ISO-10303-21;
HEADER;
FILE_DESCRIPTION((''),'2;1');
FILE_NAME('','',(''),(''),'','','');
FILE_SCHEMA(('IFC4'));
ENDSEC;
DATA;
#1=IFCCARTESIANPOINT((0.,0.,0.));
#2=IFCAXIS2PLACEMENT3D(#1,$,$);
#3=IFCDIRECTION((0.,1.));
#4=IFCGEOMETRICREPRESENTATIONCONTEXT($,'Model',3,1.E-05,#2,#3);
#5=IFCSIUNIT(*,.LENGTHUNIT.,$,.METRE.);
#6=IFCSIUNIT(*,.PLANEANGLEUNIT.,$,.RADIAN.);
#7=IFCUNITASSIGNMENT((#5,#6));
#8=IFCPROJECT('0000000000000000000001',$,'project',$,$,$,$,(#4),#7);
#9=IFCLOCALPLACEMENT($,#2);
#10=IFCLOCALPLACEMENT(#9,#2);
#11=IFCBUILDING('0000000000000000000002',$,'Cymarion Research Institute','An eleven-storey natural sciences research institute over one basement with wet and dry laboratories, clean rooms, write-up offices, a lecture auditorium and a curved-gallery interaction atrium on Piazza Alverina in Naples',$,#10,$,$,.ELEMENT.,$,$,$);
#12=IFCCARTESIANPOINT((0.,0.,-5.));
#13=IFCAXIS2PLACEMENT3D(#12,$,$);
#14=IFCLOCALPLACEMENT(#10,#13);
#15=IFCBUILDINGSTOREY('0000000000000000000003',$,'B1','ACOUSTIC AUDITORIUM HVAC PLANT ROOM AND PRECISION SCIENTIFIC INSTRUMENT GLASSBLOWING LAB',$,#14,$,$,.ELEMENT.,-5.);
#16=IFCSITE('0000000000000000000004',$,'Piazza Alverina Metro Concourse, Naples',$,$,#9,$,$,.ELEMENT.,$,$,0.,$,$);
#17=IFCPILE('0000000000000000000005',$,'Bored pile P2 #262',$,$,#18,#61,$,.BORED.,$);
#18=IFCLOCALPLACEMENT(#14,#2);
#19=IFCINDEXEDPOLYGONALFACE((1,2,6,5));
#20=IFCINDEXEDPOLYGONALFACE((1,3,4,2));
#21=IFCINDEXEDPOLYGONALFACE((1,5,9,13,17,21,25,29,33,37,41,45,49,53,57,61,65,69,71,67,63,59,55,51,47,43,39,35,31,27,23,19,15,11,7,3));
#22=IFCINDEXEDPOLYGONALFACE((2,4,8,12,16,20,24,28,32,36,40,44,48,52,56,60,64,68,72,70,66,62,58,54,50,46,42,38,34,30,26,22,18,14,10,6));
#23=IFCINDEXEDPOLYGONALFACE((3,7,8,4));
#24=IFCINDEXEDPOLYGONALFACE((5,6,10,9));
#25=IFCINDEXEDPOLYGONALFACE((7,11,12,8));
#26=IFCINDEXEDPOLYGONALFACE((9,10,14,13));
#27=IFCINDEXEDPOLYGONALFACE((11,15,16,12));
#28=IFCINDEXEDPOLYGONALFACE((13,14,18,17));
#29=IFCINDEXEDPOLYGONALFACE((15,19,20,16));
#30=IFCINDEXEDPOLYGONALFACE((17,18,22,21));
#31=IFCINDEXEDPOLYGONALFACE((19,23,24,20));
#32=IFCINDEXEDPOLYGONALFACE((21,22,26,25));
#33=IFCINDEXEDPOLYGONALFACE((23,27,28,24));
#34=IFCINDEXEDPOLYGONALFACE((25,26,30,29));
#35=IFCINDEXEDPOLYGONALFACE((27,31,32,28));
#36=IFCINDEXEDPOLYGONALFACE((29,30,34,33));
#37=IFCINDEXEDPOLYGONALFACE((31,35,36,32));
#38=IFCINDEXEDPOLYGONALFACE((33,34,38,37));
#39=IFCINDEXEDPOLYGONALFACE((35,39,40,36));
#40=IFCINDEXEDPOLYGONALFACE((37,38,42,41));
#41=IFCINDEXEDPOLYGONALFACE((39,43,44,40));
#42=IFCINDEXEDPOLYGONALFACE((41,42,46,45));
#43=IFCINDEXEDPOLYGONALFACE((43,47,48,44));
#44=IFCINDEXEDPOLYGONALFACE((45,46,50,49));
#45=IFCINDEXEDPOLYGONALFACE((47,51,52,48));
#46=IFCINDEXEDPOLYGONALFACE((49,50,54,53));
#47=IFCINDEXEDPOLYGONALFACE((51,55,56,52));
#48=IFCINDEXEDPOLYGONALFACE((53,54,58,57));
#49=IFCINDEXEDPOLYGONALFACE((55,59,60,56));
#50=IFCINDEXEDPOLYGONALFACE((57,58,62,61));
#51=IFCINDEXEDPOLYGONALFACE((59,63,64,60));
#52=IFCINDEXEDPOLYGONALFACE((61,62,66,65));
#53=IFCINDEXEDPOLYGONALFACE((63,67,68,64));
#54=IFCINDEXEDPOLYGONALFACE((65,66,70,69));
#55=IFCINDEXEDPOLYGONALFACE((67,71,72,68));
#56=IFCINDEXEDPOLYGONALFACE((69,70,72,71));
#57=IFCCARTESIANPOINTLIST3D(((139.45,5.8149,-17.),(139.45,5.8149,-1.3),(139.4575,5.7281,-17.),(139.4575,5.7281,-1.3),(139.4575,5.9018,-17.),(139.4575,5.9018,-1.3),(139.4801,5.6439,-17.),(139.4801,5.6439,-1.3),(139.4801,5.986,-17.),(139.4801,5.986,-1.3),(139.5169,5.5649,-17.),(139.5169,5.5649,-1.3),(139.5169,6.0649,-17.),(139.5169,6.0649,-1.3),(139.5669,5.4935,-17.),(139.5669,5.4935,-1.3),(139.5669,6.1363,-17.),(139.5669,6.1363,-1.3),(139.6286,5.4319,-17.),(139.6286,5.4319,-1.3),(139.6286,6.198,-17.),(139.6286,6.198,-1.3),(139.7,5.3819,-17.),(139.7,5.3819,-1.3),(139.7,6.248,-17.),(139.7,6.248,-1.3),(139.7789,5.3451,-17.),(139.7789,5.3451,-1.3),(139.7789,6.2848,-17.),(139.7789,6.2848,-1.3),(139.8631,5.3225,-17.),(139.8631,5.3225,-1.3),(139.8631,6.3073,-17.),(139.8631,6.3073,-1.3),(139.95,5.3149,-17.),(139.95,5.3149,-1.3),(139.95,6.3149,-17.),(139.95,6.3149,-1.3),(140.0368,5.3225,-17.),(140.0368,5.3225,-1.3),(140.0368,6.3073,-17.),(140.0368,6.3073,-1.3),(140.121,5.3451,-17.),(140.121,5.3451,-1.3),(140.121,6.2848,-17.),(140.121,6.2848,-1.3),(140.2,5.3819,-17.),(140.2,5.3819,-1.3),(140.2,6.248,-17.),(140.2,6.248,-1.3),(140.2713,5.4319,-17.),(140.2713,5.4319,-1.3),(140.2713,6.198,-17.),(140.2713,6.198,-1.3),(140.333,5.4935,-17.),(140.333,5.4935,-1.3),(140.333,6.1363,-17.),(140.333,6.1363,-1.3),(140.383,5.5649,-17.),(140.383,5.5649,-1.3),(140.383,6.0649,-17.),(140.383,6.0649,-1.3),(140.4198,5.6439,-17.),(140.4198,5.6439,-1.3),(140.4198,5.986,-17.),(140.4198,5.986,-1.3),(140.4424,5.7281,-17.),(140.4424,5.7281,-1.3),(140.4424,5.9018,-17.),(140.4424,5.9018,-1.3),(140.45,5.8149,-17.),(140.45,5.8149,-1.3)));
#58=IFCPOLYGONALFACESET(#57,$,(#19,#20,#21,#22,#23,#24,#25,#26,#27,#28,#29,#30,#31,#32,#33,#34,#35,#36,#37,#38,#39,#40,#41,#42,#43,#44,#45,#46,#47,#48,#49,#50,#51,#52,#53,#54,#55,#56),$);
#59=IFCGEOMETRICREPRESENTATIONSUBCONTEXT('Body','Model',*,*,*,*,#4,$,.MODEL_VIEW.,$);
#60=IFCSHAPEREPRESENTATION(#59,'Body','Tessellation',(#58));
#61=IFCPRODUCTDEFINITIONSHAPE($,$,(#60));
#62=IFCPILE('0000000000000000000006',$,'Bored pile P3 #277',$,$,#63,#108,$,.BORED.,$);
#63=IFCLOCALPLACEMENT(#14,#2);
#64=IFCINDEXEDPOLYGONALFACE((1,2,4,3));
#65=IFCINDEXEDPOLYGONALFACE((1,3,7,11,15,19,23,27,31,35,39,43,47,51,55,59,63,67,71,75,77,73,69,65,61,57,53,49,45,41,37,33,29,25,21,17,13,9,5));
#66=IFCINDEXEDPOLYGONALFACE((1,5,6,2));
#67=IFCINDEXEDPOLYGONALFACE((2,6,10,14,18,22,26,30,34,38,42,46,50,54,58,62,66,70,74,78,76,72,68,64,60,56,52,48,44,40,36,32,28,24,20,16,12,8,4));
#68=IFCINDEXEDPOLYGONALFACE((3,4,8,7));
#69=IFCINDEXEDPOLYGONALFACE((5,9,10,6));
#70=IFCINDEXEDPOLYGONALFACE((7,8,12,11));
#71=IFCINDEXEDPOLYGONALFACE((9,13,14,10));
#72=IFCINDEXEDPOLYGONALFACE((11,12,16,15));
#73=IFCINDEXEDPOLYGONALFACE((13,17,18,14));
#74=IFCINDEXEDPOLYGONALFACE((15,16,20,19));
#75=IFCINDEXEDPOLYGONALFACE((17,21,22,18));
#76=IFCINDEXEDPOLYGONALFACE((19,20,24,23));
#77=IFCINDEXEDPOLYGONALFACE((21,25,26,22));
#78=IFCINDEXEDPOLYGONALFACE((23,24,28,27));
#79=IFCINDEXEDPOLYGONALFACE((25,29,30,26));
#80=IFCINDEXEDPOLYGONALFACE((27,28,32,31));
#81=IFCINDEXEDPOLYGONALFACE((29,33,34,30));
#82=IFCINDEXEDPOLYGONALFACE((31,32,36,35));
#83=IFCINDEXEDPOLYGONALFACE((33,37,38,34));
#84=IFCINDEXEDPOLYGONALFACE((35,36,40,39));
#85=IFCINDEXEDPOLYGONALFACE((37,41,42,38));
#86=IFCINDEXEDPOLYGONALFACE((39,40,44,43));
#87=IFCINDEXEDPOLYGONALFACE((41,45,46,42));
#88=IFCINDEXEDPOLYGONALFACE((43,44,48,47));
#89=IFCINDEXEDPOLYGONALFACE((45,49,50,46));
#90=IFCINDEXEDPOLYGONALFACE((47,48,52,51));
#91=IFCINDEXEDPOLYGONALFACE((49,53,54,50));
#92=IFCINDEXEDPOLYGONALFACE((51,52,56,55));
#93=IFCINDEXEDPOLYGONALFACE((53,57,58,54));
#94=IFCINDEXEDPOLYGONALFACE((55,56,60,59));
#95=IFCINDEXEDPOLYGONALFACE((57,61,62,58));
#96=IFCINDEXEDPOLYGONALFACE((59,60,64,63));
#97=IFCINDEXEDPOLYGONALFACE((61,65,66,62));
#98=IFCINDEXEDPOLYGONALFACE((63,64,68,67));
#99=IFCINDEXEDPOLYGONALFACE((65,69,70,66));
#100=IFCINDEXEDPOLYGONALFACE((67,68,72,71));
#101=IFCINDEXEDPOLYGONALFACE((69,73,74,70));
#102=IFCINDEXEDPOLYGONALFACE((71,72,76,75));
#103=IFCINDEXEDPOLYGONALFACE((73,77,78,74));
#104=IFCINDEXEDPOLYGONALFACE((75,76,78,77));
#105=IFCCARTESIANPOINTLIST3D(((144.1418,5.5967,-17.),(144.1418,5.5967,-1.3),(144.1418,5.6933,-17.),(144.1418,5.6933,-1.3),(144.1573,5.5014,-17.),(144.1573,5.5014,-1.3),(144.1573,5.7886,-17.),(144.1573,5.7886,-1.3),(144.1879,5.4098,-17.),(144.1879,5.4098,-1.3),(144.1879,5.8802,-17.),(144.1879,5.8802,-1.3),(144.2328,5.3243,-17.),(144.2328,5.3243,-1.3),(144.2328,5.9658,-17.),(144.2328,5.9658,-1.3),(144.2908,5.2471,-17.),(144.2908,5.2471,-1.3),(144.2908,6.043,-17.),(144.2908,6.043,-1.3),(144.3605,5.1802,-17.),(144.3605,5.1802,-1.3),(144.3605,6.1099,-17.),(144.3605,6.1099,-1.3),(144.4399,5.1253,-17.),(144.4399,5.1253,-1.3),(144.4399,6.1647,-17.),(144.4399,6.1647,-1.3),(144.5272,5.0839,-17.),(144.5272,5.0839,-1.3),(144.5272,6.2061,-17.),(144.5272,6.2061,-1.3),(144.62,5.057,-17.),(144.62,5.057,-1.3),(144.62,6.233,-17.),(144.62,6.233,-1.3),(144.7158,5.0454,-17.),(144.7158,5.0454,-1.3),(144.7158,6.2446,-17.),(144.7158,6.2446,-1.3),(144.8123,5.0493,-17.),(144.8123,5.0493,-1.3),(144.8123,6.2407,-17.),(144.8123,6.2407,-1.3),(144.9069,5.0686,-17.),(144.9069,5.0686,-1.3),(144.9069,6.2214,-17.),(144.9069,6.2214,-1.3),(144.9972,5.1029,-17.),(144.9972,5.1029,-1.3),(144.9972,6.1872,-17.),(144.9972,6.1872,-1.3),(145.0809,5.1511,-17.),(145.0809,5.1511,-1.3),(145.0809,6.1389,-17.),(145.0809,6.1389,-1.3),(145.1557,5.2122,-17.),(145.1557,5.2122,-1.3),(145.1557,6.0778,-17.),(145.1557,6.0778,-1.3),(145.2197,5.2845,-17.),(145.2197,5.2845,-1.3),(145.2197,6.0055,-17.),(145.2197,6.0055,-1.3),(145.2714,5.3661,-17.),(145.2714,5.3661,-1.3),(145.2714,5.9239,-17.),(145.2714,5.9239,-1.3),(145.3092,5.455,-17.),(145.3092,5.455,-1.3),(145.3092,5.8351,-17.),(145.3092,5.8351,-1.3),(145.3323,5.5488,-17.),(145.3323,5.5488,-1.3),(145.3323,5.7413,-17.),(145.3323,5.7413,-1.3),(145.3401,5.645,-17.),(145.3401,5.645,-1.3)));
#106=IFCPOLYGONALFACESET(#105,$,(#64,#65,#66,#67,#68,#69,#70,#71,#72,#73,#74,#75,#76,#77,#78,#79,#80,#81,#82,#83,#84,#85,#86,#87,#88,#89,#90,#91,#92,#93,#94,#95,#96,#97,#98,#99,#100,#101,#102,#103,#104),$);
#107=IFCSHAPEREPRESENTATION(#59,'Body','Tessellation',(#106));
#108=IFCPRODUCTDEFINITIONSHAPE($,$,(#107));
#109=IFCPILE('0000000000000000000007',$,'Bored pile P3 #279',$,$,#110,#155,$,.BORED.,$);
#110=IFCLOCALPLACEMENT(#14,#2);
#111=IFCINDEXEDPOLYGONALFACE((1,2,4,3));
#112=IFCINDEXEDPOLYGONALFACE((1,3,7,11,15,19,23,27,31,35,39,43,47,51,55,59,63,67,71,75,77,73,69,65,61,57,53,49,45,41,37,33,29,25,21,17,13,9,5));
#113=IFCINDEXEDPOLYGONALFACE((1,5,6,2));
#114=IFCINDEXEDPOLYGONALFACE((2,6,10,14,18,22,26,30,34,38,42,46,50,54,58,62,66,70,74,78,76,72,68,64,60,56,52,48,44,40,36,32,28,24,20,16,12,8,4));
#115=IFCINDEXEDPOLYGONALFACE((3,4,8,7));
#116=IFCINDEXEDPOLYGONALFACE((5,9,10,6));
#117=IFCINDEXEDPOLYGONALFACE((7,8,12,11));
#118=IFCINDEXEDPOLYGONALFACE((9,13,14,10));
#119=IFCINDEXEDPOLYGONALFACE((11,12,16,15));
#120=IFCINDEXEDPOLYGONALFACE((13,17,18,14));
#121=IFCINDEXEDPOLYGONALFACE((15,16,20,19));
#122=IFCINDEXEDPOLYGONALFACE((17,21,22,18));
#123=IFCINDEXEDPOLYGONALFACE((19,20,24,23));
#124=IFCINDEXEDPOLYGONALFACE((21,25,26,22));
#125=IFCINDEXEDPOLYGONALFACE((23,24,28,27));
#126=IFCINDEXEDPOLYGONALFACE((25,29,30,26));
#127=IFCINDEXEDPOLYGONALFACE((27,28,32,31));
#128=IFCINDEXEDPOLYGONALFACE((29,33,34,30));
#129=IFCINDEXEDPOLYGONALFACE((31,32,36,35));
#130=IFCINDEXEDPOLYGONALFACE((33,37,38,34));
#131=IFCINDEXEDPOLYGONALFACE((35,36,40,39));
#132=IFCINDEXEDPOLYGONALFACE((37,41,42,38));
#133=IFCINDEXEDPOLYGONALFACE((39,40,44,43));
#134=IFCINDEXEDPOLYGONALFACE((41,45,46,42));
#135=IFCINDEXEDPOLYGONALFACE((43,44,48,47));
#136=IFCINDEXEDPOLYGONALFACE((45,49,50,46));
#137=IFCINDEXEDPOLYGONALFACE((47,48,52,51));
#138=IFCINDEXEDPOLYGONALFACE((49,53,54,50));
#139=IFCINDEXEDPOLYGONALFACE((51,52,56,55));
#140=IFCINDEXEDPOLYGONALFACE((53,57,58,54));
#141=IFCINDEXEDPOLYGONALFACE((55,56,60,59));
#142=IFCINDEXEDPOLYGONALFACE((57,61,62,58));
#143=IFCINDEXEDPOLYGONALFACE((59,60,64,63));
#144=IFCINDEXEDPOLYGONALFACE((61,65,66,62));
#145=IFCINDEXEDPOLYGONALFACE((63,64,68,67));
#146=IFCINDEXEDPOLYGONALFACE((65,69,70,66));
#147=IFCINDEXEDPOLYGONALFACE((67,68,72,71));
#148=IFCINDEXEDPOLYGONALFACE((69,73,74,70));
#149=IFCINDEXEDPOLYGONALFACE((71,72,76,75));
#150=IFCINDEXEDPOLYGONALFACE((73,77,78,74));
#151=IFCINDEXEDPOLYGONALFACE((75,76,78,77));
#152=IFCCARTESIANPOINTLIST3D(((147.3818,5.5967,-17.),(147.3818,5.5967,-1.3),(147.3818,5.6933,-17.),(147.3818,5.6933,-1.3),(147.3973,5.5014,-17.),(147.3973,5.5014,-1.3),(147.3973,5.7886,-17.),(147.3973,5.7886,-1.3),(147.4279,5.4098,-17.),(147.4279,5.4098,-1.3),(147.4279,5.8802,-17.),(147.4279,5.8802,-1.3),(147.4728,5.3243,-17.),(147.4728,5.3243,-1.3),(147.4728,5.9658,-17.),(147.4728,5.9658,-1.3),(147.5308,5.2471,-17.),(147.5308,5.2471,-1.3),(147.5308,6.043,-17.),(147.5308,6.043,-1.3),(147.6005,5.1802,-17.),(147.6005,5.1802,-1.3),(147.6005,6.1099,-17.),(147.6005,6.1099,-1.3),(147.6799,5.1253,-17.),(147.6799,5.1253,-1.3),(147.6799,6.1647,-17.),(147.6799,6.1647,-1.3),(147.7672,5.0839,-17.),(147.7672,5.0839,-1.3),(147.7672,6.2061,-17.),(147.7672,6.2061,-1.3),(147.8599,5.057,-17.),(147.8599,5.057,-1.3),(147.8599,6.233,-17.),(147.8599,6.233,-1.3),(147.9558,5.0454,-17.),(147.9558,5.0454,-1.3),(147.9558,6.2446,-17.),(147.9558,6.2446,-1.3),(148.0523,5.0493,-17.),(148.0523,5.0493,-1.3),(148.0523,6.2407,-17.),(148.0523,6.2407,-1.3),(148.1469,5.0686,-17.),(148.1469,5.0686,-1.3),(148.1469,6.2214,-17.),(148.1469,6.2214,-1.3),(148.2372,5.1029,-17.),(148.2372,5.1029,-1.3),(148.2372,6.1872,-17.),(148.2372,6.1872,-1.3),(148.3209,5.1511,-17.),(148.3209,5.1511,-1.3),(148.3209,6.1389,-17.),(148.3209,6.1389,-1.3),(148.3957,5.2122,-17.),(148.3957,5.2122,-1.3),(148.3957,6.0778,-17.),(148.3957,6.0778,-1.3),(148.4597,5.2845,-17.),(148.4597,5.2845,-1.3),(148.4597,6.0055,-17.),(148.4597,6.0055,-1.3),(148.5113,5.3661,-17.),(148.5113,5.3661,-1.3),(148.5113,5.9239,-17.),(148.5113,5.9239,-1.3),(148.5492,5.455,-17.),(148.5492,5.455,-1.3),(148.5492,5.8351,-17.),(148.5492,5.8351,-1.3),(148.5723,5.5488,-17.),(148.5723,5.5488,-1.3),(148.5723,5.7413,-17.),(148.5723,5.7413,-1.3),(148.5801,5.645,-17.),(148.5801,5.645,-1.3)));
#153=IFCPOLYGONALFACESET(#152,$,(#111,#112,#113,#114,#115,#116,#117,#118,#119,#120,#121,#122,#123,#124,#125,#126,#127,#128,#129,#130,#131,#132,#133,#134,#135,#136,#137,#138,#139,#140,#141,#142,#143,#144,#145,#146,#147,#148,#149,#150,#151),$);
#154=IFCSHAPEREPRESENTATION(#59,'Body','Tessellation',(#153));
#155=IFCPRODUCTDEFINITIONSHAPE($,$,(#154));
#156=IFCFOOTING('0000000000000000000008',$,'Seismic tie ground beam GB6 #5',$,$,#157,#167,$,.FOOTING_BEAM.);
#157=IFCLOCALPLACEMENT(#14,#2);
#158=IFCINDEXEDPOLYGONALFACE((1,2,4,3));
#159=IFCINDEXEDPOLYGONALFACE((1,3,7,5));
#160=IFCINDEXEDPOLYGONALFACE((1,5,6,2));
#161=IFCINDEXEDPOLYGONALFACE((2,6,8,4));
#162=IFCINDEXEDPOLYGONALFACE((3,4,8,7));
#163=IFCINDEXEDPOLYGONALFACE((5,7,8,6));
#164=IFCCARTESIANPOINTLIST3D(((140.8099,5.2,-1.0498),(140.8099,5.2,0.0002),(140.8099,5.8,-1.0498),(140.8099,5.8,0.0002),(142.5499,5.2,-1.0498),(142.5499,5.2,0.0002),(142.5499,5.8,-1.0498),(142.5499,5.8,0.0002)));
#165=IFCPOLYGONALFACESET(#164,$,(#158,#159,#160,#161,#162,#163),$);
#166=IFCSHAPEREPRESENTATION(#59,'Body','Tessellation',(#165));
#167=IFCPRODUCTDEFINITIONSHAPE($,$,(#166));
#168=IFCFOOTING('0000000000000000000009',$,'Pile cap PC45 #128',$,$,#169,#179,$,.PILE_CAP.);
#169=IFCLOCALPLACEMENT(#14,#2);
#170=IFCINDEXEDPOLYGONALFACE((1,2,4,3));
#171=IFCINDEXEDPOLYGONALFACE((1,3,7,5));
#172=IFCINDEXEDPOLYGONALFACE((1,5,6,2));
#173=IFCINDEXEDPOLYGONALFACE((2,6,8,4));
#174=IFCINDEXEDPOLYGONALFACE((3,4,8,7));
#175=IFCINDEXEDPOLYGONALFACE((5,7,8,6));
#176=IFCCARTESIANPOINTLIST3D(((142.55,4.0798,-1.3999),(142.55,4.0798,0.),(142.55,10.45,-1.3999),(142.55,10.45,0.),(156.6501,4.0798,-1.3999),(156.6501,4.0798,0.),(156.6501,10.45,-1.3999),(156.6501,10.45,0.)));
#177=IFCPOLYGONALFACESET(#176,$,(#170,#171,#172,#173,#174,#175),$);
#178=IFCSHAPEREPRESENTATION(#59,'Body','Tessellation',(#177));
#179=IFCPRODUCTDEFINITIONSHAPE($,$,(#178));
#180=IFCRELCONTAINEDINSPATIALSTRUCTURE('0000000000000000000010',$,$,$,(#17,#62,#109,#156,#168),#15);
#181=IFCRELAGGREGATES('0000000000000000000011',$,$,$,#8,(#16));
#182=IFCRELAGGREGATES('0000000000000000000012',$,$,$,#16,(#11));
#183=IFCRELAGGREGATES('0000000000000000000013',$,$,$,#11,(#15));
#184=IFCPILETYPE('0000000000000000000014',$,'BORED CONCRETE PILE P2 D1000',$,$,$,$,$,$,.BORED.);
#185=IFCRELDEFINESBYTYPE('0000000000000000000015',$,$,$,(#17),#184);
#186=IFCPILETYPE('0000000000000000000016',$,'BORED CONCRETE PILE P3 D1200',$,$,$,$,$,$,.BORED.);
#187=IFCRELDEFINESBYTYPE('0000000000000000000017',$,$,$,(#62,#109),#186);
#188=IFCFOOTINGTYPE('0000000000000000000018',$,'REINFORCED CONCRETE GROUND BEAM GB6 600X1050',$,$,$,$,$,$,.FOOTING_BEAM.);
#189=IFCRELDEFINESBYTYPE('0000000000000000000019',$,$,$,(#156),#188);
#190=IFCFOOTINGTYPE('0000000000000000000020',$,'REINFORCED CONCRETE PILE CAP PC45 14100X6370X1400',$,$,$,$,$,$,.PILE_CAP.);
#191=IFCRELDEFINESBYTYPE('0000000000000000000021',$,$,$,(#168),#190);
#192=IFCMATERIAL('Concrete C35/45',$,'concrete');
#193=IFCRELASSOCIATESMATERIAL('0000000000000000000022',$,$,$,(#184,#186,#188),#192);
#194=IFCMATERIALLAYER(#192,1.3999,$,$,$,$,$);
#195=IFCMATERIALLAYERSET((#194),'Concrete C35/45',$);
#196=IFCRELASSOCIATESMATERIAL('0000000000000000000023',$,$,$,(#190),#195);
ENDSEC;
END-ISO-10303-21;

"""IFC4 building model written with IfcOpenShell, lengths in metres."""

from ifc_helpers import new_model, si_unit, direction, frame, origin, origin_2d, place, context, subcontext, project, spatial, rectangle, circle, extrude, material, layer, layer_set, material_profile, profile_set, type_object, element, save


model = new_model("IFC4")

# Units and contexts
model_context = context("Model", 3, precision=1e-05, world=origin(), true_north=direction((0.0, 1.0)))
body_context = subcontext(model_context, "Body", "Model", "MODEL_VIEW")
ifc_project = project(units=[si_unit("LENGTHUNIT", "METRE"), si_unit("PLANEANGLEUNIT", "RADIAN")], contexts=[model_context])

# Site, building, storey
site_placement = place(None, origin())
site = spatial("IfcSite", under=ifc_project, at=site_placement, Name="Piazza Alverina Metro Concourse, Naples", CompositionType="ELEMENT", RefElevation=0.0)
building_placement = place(site_placement, origin())
building = spatial("IfcBuilding", under=site, at=building_placement, Name="Cymarion Research Institute", Description="An eleven-storey natural sciences research institute over one basement with wet and dry laboratories, clean rooms, write-up offices, a lecture auditorium and a curved-gallery interaction atrium on Piazza Alverina in Naples", CompositionType="ELEMENT")
storey_placement = place(building_placement, frame((0.0, 0.0, -5.0)))
storey = spatial("IfcBuildingStorey", under=building, at=storey_placement, Name="B1", Description="ACOUSTIC AUDITORIUM HVAC PLANT ROOM AND PRECISION SCIENTIFIC INSTRUMENT GLASSBLOWING LAB", CompositionType="ELEMENT", Elevation=-5.0)

# Piles
ifc_material_1 = material(Name="Concrete C35/45", Category="concrete")
ifc_material_profile_1 = material_profile(ifc_material_1, circle(Radius=0.5, at=origin_2d()), Name="BORED PILE D1000")
ifc_profile_set_1 = profile_set([ifc_material_profile_1], Name="Concrete C35/45")
pile_type_1 = type_object("IfcPileType", Name="BORED CONCRETE PILE P2 D1000", PredefinedType="BORED", material=ifc_profile_set_1)
pile_placement = place(storey_placement, frame((139.95, 5.8149, -1.3), z_axis=(0.0, 0.0, -1.0), x_axis=(1.0, 0.0, 0.0)))
element("IfcPile", 1, at=pile_placement, inside=storey, type_object=pile_type_1, Name="Bored pile P2 #262", PredefinedType="BORED", context=body_context, shape_type="SweptSolid", body=[
    extrude(circle(Radius=0.5, at=origin_2d()), origin(), (0.0, 0.0, 1.0), 15.7),
])
ifc_material_profile_2 = material_profile(ifc_material_1, circle(Radius=0.6001, at=origin_2d()), Name="BORED PILE D1200")
ifc_profile_set_2 = profile_set([ifc_material_profile_2], Name="Concrete C35/45")
pile_type_2 = type_object("IfcPileType", Name="BORED CONCRETE PILE P3 D1200", PredefinedType="BORED", material=ifc_profile_set_2)
for number, where, z_axis, x_axis, name in (
    (2, (144.74, 5.645, -1.3), (0.0, 0.0, -1.0), (1.0, 0.0, 0.0), "Bored pile P3 #277"),
    (3, (147.98, 5.645, -1.3), (0.0, 0.0, -1.0), (1.0, 0.0, 0.0), "Bored pile P3 #279"),
):
    element("IfcPile", number, at=place(storey_placement, frame(where, z_axis=z_axis, x_axis=x_axis)), inside=storey, type_object=pile_type_2, Name=name, PredefinedType="BORED", context=body_context, shape_type="SweptSolid", body=[
        extrude(circle(Radius=0.6001, at=origin_2d()), origin(), (0.0, 0.0, 1.0), 15.7),
    ])

# Footings
footing_type_1 = type_object("IfcFootingType", Name="REINFORCED CONCRETE GROUND BEAM GB6 600X1050", PredefinedType="FOOTING_BEAM", material=ifc_material_1)
footing_1_placement = place(storey_placement, frame((141.6799, 5.5, -1.0498), z_axis=(0.0, 0.0, 1.0), x_axis=(1.0, 0.0, 0.0)))
element("IfcFooting", 4, at=footing_1_placement, inside=storey, type_object=footing_type_1, Name="Seismic tie ground beam GB6 #5", PredefinedType="FOOTING_BEAM", context=body_context, shape_type="SweptSolid", body=[
    extrude(rectangle(XDim=1.74, YDim=0.6001, at=origin_2d()), origin(), (0.0, 0.0, 1.0), 1.05),
])
ifc_layer_1 = layer(ifc_material_1, 1.3999)
ifc_layer_set_1 = layer_set([ifc_layer_1], Name="Concrete C35/45")
footing_type_2 = type_object("IfcFootingType", Name="REINFORCED CONCRETE PILE CAP PC45 14100X6370X1400", PredefinedType="PILE_CAP", material=ifc_layer_set_1)
footing_2_placement = place(storey_placement, frame((149.6001, 7.2649, -1.3999), z_axis=(0.0, 0.0, 1.0), x_axis=(1.0, 0.0, 0.0)))
element("IfcFooting", 5, at=footing_2_placement, inside=storey, type_object=footing_type_2, Name="Pile cap PC45 #128", PredefinedType="PILE_CAP", context=body_context, shape_type="SweptSolid", body=[
    extrude(rectangle(XDim=14.1001, YDim=6.3701, at=origin_2d()), origin(), (0.0, 0.0, 1.0), 1.3999),
])

save(model, "model.ifc")
